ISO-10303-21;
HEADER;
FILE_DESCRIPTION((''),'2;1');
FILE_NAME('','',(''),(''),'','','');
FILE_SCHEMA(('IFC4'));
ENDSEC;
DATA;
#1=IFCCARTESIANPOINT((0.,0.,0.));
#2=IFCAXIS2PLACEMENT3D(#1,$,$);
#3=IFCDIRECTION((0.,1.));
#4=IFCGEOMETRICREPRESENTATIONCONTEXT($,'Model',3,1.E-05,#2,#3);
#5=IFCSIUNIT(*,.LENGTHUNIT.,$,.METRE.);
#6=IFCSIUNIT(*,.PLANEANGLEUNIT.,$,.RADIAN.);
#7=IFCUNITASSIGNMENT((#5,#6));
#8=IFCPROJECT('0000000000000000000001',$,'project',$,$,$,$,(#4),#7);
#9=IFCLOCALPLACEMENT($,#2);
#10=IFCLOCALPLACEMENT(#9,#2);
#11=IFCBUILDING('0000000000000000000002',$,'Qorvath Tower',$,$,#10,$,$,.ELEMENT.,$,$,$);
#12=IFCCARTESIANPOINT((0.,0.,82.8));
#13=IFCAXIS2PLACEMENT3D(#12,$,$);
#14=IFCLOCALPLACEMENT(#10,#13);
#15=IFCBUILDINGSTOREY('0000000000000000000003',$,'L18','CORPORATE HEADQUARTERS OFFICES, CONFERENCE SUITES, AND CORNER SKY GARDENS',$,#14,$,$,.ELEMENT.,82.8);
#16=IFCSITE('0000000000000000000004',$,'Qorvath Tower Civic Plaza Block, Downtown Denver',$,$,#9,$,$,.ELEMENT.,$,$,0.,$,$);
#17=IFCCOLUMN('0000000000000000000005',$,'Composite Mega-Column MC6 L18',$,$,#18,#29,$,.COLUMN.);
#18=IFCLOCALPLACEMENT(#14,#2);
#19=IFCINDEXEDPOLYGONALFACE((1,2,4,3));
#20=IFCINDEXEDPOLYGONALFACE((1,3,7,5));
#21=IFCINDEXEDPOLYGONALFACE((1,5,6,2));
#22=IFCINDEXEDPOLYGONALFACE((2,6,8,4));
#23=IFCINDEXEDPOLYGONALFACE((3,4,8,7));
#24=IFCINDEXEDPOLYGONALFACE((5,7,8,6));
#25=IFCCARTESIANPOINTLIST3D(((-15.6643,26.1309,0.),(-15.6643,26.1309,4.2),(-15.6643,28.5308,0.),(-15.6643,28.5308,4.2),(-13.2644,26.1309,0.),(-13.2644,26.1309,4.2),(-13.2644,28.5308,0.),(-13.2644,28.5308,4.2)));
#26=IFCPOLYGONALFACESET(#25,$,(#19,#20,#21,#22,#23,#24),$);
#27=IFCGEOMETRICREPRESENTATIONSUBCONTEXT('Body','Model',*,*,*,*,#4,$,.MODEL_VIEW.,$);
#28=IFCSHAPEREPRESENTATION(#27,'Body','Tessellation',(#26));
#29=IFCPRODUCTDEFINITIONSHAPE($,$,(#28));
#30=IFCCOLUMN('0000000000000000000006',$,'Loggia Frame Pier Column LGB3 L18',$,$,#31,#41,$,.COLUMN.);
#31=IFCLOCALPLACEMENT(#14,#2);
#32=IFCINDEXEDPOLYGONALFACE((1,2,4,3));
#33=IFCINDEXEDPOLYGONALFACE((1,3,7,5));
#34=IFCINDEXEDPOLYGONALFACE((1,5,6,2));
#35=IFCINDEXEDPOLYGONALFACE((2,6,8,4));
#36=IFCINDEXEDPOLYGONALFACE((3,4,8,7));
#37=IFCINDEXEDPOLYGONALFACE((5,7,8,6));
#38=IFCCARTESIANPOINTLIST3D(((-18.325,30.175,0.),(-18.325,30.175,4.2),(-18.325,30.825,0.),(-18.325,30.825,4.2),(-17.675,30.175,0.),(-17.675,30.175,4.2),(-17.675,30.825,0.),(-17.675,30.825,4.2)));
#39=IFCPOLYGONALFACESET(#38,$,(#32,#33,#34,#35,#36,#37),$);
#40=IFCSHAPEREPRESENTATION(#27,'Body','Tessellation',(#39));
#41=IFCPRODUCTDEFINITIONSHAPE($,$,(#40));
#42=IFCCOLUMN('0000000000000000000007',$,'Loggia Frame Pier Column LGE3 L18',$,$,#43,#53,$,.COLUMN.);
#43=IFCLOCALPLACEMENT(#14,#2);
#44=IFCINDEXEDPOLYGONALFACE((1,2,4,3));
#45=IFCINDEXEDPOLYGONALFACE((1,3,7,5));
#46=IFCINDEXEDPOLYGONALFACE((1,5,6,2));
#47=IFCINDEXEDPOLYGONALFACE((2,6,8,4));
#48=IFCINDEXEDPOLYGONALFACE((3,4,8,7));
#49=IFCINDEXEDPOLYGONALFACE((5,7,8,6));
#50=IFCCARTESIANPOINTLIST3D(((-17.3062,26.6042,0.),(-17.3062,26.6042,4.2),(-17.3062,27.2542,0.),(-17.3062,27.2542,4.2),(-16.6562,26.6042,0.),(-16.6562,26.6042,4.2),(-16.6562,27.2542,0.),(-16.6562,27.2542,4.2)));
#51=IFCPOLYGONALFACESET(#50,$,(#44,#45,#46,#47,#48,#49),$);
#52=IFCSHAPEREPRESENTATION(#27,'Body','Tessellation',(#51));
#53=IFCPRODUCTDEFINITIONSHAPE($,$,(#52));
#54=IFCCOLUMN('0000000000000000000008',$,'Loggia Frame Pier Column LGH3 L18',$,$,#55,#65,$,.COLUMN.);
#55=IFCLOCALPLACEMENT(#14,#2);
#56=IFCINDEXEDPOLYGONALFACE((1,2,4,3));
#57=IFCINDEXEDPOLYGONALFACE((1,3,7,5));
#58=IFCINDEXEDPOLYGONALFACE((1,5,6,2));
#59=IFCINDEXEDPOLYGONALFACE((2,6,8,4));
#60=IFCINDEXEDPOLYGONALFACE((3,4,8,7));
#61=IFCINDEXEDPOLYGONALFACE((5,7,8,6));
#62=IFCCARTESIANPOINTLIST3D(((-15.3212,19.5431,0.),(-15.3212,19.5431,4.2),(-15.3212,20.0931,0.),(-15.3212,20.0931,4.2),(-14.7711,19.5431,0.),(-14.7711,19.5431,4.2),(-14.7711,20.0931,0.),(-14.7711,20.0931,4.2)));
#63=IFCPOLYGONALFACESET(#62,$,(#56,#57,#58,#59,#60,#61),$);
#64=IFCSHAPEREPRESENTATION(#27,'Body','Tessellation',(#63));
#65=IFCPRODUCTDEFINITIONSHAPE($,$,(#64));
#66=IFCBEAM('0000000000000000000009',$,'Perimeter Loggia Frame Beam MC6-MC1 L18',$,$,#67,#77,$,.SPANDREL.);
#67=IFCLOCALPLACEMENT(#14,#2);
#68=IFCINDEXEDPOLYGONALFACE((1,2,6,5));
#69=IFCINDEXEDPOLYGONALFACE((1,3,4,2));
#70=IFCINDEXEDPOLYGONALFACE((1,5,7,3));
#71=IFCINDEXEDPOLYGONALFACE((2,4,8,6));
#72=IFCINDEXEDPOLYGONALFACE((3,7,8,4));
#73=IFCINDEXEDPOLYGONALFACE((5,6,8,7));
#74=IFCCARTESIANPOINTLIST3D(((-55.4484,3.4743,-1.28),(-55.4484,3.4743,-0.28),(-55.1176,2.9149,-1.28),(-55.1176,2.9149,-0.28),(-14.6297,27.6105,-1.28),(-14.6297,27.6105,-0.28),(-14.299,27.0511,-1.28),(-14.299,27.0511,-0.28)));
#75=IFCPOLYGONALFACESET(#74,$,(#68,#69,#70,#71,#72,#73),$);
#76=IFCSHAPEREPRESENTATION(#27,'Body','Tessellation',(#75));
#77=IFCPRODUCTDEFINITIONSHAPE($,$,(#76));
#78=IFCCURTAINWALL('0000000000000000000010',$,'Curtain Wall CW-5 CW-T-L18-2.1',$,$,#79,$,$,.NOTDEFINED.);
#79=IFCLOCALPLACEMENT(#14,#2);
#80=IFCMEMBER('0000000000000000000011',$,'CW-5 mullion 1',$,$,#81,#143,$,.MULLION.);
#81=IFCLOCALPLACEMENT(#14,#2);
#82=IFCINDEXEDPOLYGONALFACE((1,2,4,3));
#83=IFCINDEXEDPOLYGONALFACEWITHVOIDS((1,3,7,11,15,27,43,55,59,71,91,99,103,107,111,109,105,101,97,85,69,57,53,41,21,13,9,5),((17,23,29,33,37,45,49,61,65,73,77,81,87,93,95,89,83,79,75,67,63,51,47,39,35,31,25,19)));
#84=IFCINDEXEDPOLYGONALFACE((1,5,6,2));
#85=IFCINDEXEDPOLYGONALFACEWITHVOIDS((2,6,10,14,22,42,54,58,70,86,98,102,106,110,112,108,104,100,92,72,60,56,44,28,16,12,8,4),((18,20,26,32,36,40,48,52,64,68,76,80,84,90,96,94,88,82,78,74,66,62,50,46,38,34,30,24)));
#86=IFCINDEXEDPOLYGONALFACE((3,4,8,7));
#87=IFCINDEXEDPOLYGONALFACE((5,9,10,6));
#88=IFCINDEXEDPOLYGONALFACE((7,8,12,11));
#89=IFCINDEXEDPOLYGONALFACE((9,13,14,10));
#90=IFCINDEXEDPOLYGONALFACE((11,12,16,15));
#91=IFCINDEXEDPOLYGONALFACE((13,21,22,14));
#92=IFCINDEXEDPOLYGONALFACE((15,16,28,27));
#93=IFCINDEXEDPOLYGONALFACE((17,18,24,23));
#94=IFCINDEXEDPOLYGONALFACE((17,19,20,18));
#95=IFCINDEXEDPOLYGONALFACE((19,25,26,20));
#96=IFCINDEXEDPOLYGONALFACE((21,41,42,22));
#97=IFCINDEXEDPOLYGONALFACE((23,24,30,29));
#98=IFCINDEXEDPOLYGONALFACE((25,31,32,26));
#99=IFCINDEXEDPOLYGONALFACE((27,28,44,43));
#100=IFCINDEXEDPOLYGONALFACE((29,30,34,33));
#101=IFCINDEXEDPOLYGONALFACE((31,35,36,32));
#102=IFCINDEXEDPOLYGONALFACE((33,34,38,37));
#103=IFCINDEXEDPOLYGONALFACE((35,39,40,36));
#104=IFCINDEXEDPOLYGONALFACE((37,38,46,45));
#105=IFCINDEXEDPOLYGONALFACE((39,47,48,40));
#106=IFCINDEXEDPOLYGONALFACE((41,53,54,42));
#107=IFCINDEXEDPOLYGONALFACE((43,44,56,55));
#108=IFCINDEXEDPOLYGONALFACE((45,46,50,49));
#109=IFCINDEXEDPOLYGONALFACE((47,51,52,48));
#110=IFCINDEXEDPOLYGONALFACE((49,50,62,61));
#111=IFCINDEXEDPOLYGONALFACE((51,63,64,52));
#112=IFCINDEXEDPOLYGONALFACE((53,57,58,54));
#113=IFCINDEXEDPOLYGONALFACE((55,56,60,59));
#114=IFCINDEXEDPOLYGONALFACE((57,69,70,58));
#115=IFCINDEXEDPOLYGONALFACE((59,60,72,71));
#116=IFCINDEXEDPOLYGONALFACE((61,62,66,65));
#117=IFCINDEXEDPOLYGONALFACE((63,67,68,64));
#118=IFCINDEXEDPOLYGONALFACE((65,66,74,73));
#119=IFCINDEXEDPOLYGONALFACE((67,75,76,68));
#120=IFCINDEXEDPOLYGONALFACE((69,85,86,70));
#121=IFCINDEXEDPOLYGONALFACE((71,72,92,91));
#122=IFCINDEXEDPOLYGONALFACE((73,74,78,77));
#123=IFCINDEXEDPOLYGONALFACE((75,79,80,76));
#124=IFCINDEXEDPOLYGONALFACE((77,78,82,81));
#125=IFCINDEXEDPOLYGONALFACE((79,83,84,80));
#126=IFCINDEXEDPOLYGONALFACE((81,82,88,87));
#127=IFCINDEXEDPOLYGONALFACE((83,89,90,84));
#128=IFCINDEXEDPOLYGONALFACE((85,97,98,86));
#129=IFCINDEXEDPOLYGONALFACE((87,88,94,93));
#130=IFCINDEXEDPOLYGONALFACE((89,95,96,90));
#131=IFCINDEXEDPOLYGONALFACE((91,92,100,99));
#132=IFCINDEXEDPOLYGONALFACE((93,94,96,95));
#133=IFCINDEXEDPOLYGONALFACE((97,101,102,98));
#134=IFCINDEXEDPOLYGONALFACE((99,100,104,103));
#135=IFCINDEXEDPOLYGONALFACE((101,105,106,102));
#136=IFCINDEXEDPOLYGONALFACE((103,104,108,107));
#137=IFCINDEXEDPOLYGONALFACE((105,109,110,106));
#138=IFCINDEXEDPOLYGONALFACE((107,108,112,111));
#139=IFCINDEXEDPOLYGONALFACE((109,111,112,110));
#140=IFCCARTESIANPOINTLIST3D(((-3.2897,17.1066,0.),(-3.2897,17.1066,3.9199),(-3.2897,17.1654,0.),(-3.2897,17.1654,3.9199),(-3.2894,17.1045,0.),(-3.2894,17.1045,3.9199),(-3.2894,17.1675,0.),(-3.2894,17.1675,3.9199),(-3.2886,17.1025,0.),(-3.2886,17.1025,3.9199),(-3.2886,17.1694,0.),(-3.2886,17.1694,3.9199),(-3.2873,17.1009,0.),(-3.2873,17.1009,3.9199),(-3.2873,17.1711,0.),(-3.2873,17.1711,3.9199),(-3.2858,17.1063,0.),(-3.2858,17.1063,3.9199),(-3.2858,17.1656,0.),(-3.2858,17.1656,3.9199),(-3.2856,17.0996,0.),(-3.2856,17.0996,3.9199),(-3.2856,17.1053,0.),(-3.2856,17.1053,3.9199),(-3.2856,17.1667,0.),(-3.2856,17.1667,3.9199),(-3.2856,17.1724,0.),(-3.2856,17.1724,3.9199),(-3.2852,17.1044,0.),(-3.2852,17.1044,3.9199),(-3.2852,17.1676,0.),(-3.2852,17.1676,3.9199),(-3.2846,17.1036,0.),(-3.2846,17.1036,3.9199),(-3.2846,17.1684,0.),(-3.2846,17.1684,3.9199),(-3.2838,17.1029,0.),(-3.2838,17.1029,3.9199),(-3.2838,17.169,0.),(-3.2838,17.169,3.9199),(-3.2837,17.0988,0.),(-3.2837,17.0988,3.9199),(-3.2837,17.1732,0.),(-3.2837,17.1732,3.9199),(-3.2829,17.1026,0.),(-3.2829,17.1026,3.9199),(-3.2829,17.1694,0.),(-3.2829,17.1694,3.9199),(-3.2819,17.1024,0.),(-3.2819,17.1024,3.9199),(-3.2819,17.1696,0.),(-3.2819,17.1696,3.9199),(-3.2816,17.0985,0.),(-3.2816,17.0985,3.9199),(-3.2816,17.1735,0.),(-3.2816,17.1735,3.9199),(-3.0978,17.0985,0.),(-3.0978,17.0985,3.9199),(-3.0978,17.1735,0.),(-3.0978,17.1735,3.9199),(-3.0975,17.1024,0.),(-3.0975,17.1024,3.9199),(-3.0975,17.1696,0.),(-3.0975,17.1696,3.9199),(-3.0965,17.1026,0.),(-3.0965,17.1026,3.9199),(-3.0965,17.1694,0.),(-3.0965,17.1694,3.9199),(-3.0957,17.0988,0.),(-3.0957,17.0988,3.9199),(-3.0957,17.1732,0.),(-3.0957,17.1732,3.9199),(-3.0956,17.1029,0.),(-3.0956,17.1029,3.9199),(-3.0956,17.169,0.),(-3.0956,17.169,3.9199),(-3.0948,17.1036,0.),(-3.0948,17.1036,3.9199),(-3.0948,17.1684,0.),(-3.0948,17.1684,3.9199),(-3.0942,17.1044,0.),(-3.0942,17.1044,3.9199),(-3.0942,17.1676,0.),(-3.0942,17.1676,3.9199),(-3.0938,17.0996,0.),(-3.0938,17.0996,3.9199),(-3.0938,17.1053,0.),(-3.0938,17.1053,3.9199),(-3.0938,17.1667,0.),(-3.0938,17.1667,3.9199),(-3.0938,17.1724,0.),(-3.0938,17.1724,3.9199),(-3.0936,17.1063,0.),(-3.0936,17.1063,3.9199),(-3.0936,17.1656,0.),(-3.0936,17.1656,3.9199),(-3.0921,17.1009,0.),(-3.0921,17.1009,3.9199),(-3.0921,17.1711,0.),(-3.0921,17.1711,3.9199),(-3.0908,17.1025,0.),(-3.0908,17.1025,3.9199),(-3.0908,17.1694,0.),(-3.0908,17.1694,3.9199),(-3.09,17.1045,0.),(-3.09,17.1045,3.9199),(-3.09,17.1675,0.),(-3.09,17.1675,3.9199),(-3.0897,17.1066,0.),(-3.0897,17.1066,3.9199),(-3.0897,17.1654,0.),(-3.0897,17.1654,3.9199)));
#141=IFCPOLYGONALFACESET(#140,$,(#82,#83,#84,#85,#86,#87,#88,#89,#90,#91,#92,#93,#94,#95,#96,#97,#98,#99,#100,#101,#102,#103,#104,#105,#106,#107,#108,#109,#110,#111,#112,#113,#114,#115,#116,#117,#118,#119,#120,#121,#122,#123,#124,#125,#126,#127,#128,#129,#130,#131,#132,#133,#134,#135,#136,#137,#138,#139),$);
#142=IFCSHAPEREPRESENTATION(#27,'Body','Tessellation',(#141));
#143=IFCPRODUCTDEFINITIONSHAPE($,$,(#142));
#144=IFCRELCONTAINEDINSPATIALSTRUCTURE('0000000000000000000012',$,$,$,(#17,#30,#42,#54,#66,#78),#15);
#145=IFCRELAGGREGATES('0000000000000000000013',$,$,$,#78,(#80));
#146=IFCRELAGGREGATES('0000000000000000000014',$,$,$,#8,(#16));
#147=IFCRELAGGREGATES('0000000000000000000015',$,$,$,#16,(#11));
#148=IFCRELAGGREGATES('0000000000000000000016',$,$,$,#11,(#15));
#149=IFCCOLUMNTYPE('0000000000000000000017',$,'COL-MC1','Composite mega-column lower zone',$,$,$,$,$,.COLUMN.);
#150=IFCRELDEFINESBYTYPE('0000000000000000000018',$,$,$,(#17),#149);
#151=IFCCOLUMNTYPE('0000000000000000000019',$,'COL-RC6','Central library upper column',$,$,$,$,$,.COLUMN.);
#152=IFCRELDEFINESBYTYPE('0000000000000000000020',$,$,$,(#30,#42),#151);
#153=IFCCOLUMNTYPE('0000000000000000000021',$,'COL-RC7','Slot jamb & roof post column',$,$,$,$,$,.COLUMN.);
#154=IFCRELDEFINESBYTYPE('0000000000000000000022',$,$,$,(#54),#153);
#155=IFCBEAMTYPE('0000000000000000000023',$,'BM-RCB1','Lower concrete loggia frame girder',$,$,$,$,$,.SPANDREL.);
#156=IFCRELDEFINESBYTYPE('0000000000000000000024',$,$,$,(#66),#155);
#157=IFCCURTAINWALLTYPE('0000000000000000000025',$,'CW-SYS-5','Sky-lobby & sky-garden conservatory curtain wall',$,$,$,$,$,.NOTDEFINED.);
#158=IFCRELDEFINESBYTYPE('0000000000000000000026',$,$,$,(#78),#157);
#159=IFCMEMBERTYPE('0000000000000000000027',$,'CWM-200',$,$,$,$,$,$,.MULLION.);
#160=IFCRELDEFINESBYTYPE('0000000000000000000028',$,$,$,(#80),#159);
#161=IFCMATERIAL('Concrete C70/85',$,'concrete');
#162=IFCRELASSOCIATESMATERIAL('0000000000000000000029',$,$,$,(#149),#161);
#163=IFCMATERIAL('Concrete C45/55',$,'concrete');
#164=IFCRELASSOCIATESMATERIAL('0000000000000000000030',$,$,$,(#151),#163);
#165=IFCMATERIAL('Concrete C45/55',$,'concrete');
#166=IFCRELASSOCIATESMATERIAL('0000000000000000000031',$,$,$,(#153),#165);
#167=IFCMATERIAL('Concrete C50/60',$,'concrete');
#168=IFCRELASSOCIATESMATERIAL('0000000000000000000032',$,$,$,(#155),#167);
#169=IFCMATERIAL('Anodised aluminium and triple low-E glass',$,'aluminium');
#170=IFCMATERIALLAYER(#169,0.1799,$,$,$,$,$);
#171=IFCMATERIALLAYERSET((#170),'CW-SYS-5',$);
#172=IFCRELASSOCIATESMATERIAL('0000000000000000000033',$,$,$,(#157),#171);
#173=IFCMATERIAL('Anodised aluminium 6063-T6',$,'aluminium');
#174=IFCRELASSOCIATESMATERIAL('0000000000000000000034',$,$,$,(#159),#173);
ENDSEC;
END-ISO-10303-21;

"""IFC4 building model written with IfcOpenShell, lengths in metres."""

from ifc_helpers import new_model, si_unit, direction, frame, origin, origin_2d, place, context, subcontext, project, spatial, rectangle, hollow_rectangle, extrude, material, layer, layer_set, material_profile, profile_set, type_object, element, aggregate, save


model = new_model("IFC4")

# Units and contexts
model_context = context("Model", 3, precision=1e-05, world=origin(), true_north=direction((0.0, 1.0)))
body_context = subcontext(model_context, "Body", "Model", "MODEL_VIEW")
ifc_project = project(units=[si_unit("LENGTHUNIT", "METRE"), si_unit("PLANEANGLEUNIT", "RADIAN")], contexts=[model_context])

# Site, building, storey
site_placement = place(None, origin())
site = spatial("IfcSite", under=ifc_project, at=site_placement, Name="Qorvath Tower Civic Plaza Block, Downtown Denver", CompositionType="ELEMENT", RefElevation=0.0)
building_placement = place(site_placement, origin())
building = spatial("IfcBuilding", under=site, at=building_placement, Name="Qorvath Tower", CompositionType="ELEMENT")
storey_placement = place(building_placement, frame((0.0, 0.0, 82.8)))
storey = spatial("IfcBuildingStorey", under=building, at=storey_placement, Name="L18", Description="CORPORATE HEADQUARTERS OFFICES, CONFERENCE SUITES, AND CORNER SKY GARDENS", CompositionType="ELEMENT", Elevation=82.8)

# Columns
ifc_material_1 = material(Name="Concrete C70/85", Category="concrete")
ifc_material_profile_1 = material_profile(ifc_material_1, rectangle(XDim=2.3999, YDim=2.3999, at=origin_2d()), Name="MC 2400x2400")
ifc_profile_set_1 = profile_set([ifc_material_profile_1], Name="Concrete C70/85")
column_type_1 = type_object("IfcColumnType", Name="COL-MC1", Description="Composite mega-column lower zone", PredefinedType="COLUMN", material=ifc_profile_set_1)
column_1_placement = place(storey_placement, frame((-14.4644, 27.3308, 0.0), z_axis=(0.0, 0.0, 1.0), x_axis=(1.0, 0.0, 0.0)))
element("IfcColumn", 1, at=column_1_placement, inside=storey, type_object=column_type_1, Name="Composite Mega-Column MC6 L18", PredefinedType="COLUMN", context=body_context, shape_type="SweptSolid", body=[
    extrude(rectangle(XDim=2.3999, YDim=2.3999, at=origin_2d()), origin(), (0.0, 0.0, 1.0), 4.2),
])
ifc_material_2 = material(Name="Concrete C45/55", Category="concrete")
ifc_material_profile_2 = material_profile(ifc_material_2, rectangle(XDim=0.6499, YDim=0.6499, at=origin_2d()), Name="RC 650x650")
ifc_profile_set_2 = profile_set([ifc_material_profile_2], Name="Concrete C45/55")
column_type_2 = type_object("IfcColumnType", Name="COL-RC6", Description="Central library upper column", PredefinedType="COLUMN", material=ifc_profile_set_2)
for number, where, z_axis, x_axis, name in (
    (2, (-18.0, 30.5, 0.0), (0.0, 0.0, 1.0), (1.0, 0.0, 0.0), "Loggia Frame Pier Column LGB3 L18"),
    (3, (-16.9812, 26.9292, 0.0), (0.0, 0.0, 1.0), (1.0, 0.0, 0.0), "Loggia Frame Pier Column LGE3 L18"),
):
    element("IfcColumn", number, at=place(storey_placement, frame(where, z_axis=z_axis, x_axis=x_axis)), inside=storey, type_object=column_type_2, Name=name, PredefinedType="COLUMN", context=body_context, shape_type="SweptSolid", body=[
        extrude(rectangle(XDim=0.6499, YDim=0.6499, at=origin_2d()), origin(), (0.0, 0.0, 1.0), 4.2),
    ])
ifc_material_3 = material(Name="Concrete C45/55", Category="concrete")
ifc_material_profile_3 = material_profile(ifc_material_3, rectangle(XDim=0.55, YDim=0.55, at=origin_2d()), Name="RC 550x550")
ifc_profile_set_3 = profile_set([ifc_material_profile_3], Name="Concrete C45/55")
column_type_3 = type_object("IfcColumnType", Name="COL-RC7", Description="Slot jamb & roof post column", PredefinedType="COLUMN", material=ifc_profile_set_3)
column_2_placement = place(storey_placement, frame((-15.0461, 19.8181, 0.0), z_axis=(0.0, 0.0, 1.0), x_axis=(1.0, 0.0, 0.0)))
element("IfcColumn", 4, at=column_2_placement, inside=storey, type_object=column_type_3, Name="Loggia Frame Pier Column LGH3 L18", PredefinedType="COLUMN", context=body_context, shape_type="SweptSolid", body=[
    extrude(rectangle(XDim=0.55, YDim=0.55, at=origin_2d()), origin(), (0.0, 0.0, 1.0), 4.2),
])

# Beam
ifc_material_4 = material(Name="Concrete C50/60", Category="concrete")
ifc_material_profile_4 = material_profile(ifc_material_4, rectangle(XDim=0.6499, YDim=1.0, at=origin_2d()), Name="RCB 1000x650")
ifc_profile_set_4 = profile_set([ifc_material_profile_4], Name="Concrete C50/60")
beam_type = type_object("IfcBeamType", Name="BM-RCB1", Description="Lower concrete loggia frame girder", PredefinedType="SPANDREL", material=ifc_profile_set_4)
beam_placement = place(storey_placement, frame((-14.4644, 27.3308, -0.78), z_axis=(-0.860777, -0.508982, 0.0), x_axis=(0.508982, -0.860777, 0.0)))
element("IfcBeam", 5, at=beam_placement, inside=storey, type_object=beam_type, Name="Perimeter Loggia Frame Beam MC6-MC1 L18", PredefinedType="SPANDREL", context=body_context, shape_type="SweptSolid", body=[
    extrude(rectangle(XDim=0.6499, YDim=1.0, at=origin_2d()), origin(), (0.0, 0.0, 1.0), 47.4207),
])

# Curtain wall, member
ifc_material_5 = material(Name="Anodised aluminium and triple low-E glass", Category="aluminium")
ifc_layer_1 = layer(ifc_material_5, 0.1799)
ifc_layer_set_1 = layer_set([ifc_layer_1], Name="CW-SYS-5")
curtain_wall_type = type_object("IfcCurtainWallType", Name="CW-SYS-5", Description="Sky-lobby & sky-garden conservatory curtain wall", PredefinedType="NOTDEFINED", material=ifc_layer_set_1)
curtain_wall_1_placement = place(storey_placement, origin())
curtain_wall_1 = element("IfcCurtainWall", 6, at=curtain_wall_1_placement, inside=storey, type_object=curtain_wall_type, Name="Curtain Wall CW-5 CW-T-L18-2.1", PredefinedType="NOTDEFINED")
ifc_material_6 = material(Name="Anodised aluminium 6063-T6", Category="aluminium")
ifc_material_profile_5 = material_profile(ifc_material_6, hollow_rectangle(XDim=0.075, YDim=0.2, WallThickness=0.0039, InnerFilletRadius=0.0039, OuterFilletRadius=0.0081, at=origin_2d()), Name="CWM 200x75")
ifc_profile_set_5 = profile_set([ifc_material_profile_5], Name="Anodised aluminium 6063-T6")
member_type_1 = type_object("IfcMemberType", Name="CWM-200", PredefinedType="MULLION", material=ifc_profile_set_5)
member_1_placement = place(storey_placement, frame((-3.1897, 17.136, 0.0), z_axis=(0.0, 0.0, 1.0), x_axis=(0.0, -1.0, 0.0)))
member_1 = element("IfcMember", 7, at=member_1_placement, type_object=member_type_1, Name="CW-5 mullion 1", PredefinedType="MULLION", context=body_context, shape_type="SweptSolid", body=[
    extrude(hollow_rectangle(XDim=0.075, YDim=0.2, WallThickness=0.0039, InnerFilletRadius=0.0039, OuterFilletRadius=0.0081, at=origin_2d()), origin(), (0.0, 0.0, 1.0), 3.9199),
])
aggregate(curtain_wall_1, [member_1])

save(model, "model.ifc")
